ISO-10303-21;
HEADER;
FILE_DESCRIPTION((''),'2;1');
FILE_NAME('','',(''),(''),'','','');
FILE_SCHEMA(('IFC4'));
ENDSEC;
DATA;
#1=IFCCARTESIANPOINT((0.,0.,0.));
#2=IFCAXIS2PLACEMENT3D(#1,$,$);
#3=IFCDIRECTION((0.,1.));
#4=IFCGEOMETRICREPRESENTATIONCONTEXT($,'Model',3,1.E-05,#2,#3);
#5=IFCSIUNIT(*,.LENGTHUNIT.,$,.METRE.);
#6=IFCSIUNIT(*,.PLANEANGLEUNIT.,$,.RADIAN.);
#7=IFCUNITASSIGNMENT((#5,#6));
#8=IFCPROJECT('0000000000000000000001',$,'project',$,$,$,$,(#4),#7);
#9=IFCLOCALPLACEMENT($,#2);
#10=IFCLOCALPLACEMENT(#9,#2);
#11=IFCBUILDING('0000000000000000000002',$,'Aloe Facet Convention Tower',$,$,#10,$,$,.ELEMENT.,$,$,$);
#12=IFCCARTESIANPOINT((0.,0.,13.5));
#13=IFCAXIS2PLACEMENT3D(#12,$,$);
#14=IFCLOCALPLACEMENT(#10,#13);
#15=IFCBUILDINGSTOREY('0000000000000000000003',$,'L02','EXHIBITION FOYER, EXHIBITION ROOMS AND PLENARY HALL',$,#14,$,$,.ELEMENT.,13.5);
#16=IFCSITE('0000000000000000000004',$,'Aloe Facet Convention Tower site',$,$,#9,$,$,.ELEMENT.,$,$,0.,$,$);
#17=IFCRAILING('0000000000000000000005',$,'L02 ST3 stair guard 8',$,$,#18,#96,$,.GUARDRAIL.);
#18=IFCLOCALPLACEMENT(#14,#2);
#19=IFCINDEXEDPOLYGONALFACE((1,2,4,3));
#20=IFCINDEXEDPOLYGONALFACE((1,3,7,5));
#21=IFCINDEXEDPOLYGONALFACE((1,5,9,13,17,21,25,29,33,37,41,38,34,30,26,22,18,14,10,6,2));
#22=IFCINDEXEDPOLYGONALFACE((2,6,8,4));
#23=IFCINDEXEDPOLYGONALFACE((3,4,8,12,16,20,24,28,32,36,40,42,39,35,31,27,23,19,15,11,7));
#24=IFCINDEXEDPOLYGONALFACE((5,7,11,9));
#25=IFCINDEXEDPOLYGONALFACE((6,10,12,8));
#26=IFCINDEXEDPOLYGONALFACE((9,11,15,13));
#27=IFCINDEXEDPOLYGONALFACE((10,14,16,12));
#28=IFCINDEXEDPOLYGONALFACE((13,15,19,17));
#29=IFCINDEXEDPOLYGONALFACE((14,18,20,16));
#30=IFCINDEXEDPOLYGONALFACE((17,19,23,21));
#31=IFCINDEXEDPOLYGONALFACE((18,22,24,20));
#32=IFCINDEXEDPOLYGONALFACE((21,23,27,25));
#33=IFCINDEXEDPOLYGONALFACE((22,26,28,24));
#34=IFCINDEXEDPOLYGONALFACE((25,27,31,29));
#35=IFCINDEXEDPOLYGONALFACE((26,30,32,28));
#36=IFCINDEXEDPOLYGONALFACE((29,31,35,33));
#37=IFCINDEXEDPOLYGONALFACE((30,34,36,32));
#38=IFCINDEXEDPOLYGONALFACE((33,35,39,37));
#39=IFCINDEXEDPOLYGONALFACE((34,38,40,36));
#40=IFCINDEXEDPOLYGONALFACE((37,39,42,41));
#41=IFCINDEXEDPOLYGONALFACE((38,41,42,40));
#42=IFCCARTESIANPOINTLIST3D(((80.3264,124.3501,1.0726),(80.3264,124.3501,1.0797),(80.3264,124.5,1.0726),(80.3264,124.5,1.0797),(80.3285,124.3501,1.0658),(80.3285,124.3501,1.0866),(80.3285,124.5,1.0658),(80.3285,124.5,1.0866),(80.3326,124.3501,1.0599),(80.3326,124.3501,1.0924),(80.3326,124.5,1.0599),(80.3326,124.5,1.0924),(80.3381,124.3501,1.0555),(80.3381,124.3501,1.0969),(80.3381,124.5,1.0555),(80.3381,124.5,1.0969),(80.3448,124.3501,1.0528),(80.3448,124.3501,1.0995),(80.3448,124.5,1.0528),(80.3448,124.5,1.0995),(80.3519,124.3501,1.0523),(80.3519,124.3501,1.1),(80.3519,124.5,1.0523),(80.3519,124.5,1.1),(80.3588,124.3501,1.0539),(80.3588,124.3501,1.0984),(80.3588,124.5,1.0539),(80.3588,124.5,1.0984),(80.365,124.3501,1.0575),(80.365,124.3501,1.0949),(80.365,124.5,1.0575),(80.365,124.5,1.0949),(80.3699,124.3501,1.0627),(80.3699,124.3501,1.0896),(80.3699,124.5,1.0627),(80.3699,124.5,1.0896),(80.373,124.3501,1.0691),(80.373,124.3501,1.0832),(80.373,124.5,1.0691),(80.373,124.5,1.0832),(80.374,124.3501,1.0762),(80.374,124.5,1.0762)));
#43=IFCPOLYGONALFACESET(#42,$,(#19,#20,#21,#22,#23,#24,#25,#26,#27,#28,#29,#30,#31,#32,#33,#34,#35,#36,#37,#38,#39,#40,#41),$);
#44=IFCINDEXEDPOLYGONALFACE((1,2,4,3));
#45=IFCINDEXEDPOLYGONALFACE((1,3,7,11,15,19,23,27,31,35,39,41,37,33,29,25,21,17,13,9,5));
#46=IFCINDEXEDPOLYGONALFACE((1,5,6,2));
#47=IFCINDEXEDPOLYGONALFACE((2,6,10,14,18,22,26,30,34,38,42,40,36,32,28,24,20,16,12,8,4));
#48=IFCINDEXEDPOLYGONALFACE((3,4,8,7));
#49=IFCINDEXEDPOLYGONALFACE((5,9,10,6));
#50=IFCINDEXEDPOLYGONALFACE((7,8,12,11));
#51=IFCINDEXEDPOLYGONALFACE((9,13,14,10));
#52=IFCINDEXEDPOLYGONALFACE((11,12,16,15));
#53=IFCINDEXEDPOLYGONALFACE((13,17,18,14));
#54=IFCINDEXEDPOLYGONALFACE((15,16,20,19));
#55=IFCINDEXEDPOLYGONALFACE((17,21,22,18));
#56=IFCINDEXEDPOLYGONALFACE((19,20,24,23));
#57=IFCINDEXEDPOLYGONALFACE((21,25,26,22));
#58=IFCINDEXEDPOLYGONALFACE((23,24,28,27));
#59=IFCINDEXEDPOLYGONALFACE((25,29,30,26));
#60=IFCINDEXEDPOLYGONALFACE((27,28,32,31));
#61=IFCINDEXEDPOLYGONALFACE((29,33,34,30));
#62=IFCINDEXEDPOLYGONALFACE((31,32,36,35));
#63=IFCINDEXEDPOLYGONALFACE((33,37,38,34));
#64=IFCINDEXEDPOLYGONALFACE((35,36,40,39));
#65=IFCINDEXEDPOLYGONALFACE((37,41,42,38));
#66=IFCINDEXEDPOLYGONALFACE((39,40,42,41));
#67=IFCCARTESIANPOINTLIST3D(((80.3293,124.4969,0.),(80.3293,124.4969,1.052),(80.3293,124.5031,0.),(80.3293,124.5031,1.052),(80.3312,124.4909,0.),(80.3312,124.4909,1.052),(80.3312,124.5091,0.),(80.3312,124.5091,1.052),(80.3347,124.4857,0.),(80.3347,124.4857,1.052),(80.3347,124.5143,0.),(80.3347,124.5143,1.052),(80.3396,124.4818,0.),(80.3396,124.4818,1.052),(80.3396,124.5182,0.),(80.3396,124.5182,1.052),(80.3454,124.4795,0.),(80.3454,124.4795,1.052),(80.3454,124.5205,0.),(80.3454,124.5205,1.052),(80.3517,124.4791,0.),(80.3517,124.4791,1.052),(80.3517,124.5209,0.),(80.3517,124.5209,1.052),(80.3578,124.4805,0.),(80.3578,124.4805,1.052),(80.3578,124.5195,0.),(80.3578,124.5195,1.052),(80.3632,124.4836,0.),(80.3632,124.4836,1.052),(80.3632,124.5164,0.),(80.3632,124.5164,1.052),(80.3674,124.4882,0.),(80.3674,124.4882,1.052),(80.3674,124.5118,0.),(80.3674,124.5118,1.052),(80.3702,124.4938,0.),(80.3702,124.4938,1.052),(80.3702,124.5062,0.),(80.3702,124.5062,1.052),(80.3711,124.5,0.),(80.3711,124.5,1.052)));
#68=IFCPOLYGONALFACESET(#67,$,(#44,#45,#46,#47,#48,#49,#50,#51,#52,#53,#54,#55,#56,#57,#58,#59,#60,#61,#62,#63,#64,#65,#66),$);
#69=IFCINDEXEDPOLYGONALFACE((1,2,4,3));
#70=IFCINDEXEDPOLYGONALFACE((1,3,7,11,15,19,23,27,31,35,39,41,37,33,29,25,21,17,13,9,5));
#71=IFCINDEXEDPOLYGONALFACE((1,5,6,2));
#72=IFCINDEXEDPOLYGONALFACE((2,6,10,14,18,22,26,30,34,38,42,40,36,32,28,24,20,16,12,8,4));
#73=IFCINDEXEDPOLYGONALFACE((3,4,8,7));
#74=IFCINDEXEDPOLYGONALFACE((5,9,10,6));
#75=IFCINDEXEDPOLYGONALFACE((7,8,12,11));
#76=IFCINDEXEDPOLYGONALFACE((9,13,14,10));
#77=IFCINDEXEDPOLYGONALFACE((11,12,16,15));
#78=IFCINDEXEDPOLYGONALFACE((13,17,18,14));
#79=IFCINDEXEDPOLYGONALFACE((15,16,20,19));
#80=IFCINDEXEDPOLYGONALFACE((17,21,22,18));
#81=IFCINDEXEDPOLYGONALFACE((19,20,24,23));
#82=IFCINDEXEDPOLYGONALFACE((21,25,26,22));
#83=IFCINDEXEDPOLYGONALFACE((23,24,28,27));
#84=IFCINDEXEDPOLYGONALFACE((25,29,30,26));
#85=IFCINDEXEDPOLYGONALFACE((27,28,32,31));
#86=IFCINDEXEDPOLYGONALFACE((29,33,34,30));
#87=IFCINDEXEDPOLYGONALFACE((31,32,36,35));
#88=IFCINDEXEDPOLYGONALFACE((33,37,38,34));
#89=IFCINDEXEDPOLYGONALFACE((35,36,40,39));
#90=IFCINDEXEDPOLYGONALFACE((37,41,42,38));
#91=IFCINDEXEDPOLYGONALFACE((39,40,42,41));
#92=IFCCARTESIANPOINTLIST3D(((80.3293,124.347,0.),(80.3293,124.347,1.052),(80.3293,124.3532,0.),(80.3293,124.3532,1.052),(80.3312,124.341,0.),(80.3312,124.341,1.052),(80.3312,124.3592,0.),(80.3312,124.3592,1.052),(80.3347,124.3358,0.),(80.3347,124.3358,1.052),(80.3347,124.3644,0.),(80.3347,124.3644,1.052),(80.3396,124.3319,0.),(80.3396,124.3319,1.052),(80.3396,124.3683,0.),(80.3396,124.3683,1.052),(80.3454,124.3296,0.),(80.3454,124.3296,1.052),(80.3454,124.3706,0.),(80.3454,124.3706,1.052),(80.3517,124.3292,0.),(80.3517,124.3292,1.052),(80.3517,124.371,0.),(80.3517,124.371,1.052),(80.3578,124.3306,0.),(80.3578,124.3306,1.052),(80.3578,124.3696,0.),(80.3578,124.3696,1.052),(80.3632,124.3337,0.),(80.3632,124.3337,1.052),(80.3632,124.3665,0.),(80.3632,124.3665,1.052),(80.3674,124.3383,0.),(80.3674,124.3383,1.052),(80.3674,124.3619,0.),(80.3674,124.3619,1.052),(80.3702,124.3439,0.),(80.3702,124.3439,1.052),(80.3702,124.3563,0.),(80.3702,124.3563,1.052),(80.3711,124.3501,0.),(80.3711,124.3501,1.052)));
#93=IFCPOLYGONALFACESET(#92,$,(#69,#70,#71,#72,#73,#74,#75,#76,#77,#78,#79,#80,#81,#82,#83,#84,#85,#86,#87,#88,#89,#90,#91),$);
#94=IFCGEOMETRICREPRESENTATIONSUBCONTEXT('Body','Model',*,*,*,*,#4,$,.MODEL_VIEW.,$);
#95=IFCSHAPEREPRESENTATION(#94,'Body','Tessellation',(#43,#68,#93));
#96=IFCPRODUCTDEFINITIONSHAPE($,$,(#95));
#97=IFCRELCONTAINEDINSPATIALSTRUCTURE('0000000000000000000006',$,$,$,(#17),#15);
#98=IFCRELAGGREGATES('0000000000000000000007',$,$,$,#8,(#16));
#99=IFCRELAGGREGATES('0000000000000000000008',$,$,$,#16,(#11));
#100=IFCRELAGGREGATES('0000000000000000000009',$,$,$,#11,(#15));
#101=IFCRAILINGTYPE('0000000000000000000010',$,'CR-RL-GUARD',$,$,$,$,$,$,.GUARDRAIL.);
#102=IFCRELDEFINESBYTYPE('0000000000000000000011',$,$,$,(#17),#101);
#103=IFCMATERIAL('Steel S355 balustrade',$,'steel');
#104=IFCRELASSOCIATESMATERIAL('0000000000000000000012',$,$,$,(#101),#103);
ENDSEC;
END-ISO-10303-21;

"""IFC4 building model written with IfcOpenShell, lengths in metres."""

from ifc_helpers import new_model, si_unit, direction, frame, origin, origin_2d, place, context, subcontext, project, spatial, circle, extrude, material, type_object, element, save


model = new_model("IFC4")

# Units and contexts
model_context = context("Model", 3, precision=1e-05, world=origin(), true_north=direction((0.0, 1.0)))
body_context = subcontext(model_context, "Body", "Model", "MODEL_VIEW")
ifc_project = project(units=[si_unit("LENGTHUNIT", "METRE"), si_unit("PLANEANGLEUNIT", "RADIAN")], contexts=[model_context])

# Site, building, storey
site_placement = place(None, origin())
site = spatial("IfcSite", under=ifc_project, at=site_placement, Name="Aloe Facet Convention Tower site", CompositionType="ELEMENT", RefElevation=0.0)
building_placement = place(site_placement, origin())
building = spatial("IfcBuilding", under=site, at=building_placement, Name="Aloe Facet Convention Tower", CompositionType="ELEMENT")
storey_placement = place(building_placement, frame((0.0, 0.0, 13.5)))
storey = spatial("IfcBuildingStorey", under=building, at=storey_placement, Name="L02", Description="EXHIBITION FOYER, EXHIBITION ROOMS AND PLENARY HALL", CompositionType="ELEMENT", Elevation=13.5)

# Railing
ifc_material_1 = material(Name="Steel S355 balustrade", Category="steel")
railing_type_1 = type_object("IfcRailingType", Name="CR-RL-GUARD", PredefinedType="GUARDRAIL", material=ifc_material_1)
railing_1_placement = place(storey_placement, frame((80.3501, 124.5, 0.0)))
element("IfcRailing", 1, at=railing_1_placement, inside=storey, type_object=railing_type_1, Name="L02 ST3 stair guard 8", PredefinedType="GUARDRAIL", context=body_context, shape_type="SweptSolid", body=[
    extrude(circle(Radius=0.0239, at=origin_2d()), frame((0.0, 0.0, 1.0762), z_axis=(0.0, -1.0, 0.0), x_axis=(1.0, 0.0, 0.0)), (0.0, 0.0, 1.0), 0.1499),
    extrude(circle(Radius=0.021, at=origin_2d()), origin(), (0.0, 0.0, 1.0), 1.052),
    extrude(circle(Radius=0.021, at=origin_2d()), frame((0.0, -0.1499, 0.0)), (0.0, 0.0, 1.0), 1.052),
])

save(model, "model.ifc")
